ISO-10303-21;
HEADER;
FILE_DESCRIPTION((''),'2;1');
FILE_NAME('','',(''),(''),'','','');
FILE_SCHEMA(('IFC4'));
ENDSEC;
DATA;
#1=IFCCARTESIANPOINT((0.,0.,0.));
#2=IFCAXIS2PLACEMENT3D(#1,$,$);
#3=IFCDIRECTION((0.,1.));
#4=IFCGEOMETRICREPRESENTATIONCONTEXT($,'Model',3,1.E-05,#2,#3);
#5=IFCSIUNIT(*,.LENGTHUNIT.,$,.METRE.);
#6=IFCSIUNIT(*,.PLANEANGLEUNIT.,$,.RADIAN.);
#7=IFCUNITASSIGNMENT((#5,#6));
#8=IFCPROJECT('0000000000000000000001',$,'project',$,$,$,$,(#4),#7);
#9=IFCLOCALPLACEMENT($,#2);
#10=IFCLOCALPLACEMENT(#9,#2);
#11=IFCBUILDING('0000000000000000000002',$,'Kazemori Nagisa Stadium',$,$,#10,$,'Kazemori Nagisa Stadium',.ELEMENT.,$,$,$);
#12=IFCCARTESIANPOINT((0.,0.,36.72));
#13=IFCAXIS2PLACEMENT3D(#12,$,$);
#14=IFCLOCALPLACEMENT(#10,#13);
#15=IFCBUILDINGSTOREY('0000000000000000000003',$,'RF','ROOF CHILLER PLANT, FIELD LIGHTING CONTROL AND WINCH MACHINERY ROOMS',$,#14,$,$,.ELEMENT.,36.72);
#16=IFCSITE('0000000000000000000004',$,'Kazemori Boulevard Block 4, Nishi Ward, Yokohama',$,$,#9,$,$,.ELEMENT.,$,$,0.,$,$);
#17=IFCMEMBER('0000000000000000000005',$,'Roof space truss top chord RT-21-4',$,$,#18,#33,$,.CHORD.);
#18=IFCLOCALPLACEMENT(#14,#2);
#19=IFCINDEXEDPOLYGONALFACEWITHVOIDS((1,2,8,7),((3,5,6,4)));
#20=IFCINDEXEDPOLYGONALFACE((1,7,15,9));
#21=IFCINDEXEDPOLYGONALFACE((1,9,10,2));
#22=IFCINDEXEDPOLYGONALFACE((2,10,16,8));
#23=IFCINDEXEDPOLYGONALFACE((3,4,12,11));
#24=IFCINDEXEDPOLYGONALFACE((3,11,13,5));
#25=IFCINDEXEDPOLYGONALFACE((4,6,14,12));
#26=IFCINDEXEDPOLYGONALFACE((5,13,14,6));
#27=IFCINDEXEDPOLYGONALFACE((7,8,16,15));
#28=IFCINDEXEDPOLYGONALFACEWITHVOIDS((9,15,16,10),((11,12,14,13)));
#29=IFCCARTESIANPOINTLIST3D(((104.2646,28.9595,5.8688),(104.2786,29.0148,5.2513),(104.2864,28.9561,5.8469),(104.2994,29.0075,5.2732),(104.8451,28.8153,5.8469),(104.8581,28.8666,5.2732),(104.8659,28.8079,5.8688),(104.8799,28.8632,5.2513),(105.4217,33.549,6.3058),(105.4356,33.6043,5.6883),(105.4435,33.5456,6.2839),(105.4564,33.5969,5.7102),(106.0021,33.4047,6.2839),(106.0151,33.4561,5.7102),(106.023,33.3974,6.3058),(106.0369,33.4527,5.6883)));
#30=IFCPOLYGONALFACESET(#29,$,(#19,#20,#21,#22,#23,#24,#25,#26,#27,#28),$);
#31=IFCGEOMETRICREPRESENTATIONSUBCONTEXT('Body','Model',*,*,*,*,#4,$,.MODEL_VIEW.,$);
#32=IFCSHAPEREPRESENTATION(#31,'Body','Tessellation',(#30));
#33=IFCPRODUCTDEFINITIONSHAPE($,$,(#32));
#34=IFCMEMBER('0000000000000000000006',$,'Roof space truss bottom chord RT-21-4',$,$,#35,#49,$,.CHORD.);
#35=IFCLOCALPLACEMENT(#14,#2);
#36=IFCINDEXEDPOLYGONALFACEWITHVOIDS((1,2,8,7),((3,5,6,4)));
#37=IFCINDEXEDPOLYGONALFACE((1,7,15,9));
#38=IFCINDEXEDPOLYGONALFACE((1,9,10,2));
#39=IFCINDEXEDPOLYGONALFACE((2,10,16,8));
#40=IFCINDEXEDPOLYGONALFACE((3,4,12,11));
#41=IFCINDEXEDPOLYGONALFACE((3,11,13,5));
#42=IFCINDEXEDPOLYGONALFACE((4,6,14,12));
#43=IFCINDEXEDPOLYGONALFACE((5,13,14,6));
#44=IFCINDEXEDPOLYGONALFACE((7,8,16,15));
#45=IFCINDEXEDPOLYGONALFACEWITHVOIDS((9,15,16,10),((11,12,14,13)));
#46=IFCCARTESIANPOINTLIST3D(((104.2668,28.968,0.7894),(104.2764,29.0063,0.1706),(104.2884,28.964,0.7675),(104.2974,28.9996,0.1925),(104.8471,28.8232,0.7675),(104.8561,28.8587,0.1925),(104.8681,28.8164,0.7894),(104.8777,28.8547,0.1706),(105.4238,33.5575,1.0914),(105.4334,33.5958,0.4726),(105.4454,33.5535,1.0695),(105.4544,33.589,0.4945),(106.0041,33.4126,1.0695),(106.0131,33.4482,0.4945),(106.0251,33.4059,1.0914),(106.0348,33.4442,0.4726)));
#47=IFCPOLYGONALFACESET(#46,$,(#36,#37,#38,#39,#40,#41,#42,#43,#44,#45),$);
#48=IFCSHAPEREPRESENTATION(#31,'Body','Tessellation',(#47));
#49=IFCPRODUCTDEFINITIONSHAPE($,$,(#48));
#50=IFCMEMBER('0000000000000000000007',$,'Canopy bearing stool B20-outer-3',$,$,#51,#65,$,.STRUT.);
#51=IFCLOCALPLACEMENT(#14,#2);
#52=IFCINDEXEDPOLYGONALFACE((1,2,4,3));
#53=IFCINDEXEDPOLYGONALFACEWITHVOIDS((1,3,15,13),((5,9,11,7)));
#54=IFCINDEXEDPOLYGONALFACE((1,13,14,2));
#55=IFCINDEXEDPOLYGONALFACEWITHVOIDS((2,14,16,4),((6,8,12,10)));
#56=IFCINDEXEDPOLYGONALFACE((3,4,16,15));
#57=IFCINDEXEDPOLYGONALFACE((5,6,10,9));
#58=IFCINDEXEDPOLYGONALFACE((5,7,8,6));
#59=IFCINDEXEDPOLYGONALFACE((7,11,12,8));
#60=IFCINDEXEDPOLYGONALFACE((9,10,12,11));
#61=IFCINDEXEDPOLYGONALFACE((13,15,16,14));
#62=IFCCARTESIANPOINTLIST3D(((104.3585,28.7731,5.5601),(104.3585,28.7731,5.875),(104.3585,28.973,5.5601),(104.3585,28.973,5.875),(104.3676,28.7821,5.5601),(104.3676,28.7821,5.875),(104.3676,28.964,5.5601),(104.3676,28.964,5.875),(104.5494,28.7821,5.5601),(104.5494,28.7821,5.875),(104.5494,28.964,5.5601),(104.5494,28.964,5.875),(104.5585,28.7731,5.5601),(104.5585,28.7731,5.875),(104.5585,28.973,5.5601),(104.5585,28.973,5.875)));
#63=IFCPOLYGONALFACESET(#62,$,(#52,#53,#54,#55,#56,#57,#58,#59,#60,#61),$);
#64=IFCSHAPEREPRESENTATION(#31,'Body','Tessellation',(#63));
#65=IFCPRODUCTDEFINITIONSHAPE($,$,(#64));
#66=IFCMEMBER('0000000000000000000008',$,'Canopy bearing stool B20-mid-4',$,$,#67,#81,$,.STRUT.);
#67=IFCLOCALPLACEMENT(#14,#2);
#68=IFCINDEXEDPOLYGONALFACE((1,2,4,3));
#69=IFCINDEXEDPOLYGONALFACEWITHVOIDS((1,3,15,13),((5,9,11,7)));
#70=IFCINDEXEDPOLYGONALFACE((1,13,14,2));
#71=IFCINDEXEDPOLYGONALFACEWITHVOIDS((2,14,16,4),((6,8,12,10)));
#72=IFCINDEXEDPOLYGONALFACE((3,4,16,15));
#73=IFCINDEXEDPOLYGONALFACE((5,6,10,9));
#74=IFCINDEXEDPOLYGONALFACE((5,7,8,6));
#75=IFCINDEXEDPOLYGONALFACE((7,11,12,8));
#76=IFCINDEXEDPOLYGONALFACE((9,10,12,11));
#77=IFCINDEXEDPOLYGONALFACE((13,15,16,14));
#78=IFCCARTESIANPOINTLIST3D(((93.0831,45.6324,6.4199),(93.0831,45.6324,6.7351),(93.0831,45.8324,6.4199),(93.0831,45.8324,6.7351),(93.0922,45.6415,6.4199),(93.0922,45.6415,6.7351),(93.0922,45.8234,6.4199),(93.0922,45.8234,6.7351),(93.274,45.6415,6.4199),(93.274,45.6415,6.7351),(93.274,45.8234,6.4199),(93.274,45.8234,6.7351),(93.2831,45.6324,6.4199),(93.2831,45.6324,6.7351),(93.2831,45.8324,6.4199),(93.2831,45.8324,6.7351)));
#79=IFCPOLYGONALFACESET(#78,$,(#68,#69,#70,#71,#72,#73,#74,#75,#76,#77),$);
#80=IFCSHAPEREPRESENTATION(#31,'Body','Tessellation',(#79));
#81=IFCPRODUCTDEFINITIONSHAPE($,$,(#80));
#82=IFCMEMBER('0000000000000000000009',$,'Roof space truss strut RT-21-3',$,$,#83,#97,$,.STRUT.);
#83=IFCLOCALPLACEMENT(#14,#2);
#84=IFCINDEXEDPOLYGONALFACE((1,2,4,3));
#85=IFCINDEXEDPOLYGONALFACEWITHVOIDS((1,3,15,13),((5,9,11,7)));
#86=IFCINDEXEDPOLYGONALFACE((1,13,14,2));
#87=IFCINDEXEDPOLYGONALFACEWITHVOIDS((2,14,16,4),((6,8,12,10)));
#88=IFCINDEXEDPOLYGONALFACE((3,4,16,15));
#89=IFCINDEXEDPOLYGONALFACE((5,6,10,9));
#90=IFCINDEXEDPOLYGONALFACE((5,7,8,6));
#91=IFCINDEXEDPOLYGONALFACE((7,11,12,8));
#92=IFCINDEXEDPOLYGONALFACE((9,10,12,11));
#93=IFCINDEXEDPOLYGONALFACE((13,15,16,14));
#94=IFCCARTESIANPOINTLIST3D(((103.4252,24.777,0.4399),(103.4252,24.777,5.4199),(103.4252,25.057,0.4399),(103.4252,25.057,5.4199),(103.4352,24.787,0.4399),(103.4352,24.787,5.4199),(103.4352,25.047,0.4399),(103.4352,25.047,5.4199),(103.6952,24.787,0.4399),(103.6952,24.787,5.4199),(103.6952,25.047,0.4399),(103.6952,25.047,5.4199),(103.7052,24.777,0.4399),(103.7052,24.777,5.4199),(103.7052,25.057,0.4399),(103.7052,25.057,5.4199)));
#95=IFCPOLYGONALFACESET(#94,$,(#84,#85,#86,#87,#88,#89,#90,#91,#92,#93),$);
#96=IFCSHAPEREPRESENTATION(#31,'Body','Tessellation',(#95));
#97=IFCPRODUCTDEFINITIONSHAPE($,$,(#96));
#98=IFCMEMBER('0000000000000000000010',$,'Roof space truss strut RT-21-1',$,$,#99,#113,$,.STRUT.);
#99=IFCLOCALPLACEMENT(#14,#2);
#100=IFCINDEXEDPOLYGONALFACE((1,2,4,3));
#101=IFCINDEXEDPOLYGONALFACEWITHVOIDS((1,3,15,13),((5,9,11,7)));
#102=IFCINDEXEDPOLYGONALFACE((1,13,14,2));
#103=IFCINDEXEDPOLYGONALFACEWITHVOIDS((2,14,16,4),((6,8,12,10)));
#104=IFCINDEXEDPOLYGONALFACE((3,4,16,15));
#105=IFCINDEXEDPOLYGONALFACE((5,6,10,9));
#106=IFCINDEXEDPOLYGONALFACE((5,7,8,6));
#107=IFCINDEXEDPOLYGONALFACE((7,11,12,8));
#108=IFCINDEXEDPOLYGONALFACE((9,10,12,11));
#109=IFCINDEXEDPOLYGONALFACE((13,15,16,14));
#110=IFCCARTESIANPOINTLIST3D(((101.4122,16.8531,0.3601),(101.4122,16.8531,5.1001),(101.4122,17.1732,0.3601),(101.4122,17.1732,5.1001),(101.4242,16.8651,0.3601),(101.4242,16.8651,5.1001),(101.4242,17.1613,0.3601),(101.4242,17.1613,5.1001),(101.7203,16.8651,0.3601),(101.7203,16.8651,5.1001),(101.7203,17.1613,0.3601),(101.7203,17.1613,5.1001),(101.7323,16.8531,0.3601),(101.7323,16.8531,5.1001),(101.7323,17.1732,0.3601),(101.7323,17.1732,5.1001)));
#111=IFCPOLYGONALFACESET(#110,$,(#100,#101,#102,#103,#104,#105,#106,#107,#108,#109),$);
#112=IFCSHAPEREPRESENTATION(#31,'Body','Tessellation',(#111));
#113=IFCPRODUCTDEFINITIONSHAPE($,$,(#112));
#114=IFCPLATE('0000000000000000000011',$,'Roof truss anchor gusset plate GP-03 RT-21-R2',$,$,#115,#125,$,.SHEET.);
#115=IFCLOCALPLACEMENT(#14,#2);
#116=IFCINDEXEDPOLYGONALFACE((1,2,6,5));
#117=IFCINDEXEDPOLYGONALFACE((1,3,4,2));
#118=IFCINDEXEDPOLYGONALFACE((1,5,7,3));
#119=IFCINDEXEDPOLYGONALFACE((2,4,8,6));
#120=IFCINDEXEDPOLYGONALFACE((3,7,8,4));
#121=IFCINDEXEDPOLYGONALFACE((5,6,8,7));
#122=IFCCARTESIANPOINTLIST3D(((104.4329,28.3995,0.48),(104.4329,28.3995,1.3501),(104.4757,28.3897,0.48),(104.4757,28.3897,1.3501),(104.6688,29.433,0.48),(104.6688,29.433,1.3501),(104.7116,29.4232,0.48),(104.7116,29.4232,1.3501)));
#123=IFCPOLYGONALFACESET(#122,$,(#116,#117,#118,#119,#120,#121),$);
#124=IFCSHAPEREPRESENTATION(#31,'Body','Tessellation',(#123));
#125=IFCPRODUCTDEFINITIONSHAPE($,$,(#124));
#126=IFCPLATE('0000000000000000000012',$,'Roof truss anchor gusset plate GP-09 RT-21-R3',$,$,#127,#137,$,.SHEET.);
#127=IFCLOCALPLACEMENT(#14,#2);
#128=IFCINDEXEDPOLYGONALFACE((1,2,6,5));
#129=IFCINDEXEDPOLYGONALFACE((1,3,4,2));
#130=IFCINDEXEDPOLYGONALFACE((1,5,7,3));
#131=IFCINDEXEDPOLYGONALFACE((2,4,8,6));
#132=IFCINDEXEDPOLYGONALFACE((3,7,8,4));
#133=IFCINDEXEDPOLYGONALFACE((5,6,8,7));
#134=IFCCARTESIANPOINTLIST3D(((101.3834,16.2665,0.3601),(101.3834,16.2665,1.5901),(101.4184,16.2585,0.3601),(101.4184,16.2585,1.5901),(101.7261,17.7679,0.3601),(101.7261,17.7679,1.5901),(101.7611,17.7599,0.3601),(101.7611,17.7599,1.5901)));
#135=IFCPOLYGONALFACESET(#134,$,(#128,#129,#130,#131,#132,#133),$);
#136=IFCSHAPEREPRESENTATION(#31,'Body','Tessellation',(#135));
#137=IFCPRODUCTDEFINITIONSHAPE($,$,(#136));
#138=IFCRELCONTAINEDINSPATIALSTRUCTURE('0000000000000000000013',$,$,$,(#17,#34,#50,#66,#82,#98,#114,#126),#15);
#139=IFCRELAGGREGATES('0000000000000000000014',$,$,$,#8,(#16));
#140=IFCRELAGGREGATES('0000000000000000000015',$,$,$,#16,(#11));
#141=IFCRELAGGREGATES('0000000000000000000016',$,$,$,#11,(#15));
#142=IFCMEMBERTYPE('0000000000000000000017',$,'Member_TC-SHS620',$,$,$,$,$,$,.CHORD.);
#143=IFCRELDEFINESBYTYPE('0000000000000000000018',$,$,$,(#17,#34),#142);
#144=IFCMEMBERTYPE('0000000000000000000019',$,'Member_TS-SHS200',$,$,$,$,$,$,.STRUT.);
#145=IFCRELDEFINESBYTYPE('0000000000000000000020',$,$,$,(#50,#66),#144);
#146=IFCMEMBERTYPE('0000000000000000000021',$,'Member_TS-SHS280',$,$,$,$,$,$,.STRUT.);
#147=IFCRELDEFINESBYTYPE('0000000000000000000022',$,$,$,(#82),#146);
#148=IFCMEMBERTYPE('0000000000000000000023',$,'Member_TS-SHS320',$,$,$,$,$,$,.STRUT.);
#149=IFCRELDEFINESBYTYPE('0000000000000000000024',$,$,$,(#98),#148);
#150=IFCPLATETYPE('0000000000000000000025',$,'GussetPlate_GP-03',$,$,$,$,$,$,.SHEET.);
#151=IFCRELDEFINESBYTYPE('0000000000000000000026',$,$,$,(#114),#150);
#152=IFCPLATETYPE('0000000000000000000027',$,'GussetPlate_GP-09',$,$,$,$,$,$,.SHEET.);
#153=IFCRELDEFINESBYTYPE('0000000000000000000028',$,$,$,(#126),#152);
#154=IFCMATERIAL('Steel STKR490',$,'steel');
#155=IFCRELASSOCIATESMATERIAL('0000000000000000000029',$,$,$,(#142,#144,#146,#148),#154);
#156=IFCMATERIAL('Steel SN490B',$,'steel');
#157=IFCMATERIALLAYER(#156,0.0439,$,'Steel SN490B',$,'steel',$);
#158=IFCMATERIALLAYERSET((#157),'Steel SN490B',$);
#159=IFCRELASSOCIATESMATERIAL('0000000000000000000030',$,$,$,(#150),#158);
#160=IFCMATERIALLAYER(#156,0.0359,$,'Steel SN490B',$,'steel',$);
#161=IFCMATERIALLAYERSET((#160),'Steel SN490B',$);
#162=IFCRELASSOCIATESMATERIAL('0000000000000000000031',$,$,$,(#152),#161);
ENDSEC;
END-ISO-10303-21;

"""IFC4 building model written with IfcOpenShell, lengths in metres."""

from ifc_helpers import new_model, si_unit, direction, frame, origin, origin_2d, place, context, subcontext, project, spatial, rectangle, hollow_rectangle, extrude, material, layer, layer_set, material_profile, profile_set, type_object, element, save


model = new_model("IFC4")

# Units and contexts
model_context = context("Model", 3, precision=1e-05, world=origin(), true_north=direction((0.0, 1.0)))
body_context = subcontext(model_context, "Body", "Model", "MODEL_VIEW")
ifc_project = project(units=[si_unit("LENGTHUNIT", "METRE"), si_unit("PLANEANGLEUNIT", "RADIAN")], contexts=[model_context])

# Site, building, storey
site_placement = place(None, origin())
site = spatial("IfcSite", under=ifc_project, at=site_placement, Name="Kazemori Boulevard Block 4, Nishi Ward, Yokohama", CompositionType="ELEMENT", RefElevation=0.0)
building_placement = place(site_placement, origin())
building = spatial("IfcBuilding", under=site, at=building_placement, Name="Kazemori Nagisa Stadium", LongName="Kazemori Nagisa Stadium", CompositionType="ELEMENT")
storey_placement = place(building_placement, frame((0.0, 0.0, 36.72)))
storey = spatial("IfcBuildingStorey", under=building, at=storey_placement, Name="RF", Description="ROOF CHILLER PLANT, FIELD LIGHTING CONTROL AND WINCH MACHINERY ROOMS", CompositionType="ELEMENT", Elevation=36.72)

# Shared definitions
ifc_material_1 = material(Name="Steel SN490B", Category="steel")

# Members
ifc_material_2 = material(Name="Steel STKR490", Category="steel")
ifc_material_profile_1 = material_profile(ifc_material_2, hollow_rectangle(XDim=0.6201, YDim=0.6201, WallThickness=0.022, at=origin_2d()), Name="SHS-620x620x22")
ifc_profile_set_1 = profile_set([ifc_material_profile_1], Name="Steel STKR490")
member_type_1 = type_object("IfcMemberType", Name="Member_TC-SHS620", PredefinedType="CHORD", material=ifc_profile_set_1)
member_1_placement = place(storey_placement, frame((104.5723, 28.9114, 5.5601), z_axis=(0.243417, 0.965554, 0.091943), x_axis=(-0.969661, 0.244453, 0.0)))
element("IfcMember", 1, at=member_1_placement, inside=storey, type_object=member_type_1, Name="Roof space truss top chord RT-21-4", PredefinedType="CHORD", context=body_context, shape_type="SweptSolid", body=[
    extrude(hollow_rectangle(XDim=0.6201, YDim=0.6201, WallThickness=0.022, at=origin_2d()), origin(), (0.0, 0.0, 1.0), 4.7532),
])
member_2_placement = place(storey_placement, frame((104.5723, 28.9114, 0.48), z_axis=(0.243957, 0.967693, 0.063679), x_axis=(-0.969661, 0.244453, 0.0)))
element("IfcMember", 2, at=member_2_placement, inside=storey, type_object=member_type_1, Name="Roof space truss bottom chord RT-21-4", PredefinedType="CHORD", context=body_context, shape_type="SweptSolid", body=[
    extrude(hollow_rectangle(XDim=0.6201, YDim=0.6201, WallThickness=0.022, at=origin_2d()), origin(), (0.0, 0.0, 1.0), 4.7427),
])
ifc_material_profile_2 = material_profile(ifc_material_2, hollow_rectangle(XDim=0.2, YDim=0.2, WallThickness=0.009, at=origin_2d()), Name="SHS-200x200x9")
ifc_profile_set_2 = profile_set([ifc_material_profile_2], Name="Steel STKR490")
member_type_2 = type_object("IfcMemberType", Name="Member_TS-SHS200", PredefinedType="STRUT", material=ifc_profile_set_2)
member_3_placement = place(storey_placement, frame((104.4585, 28.873, 5.5601), z_axis=(0.0, 0.0, 1.0), x_axis=(1.0, 0.0, 0.0)))
element("IfcMember", 3, at=member_3_placement, inside=storey, type_object=member_type_2, Name="Canopy bearing stool B20-outer-3", PredefinedType="STRUT", context=body_context, shape_type="SweptSolid", body=[
    extrude(hollow_rectangle(XDim=0.2, YDim=0.2, WallThickness=0.009, at=origin_2d()), origin(), (0.0, 0.0, 1.0), 0.3149),
])
member_4_placement = place(storey_placement, frame((93.1831, 45.7324, 6.4199), z_axis=(0.0, 0.0, 1.0), x_axis=(1.0, 0.0, 0.0)))
element("IfcMember", 4, at=member_4_placement, inside=storey, type_object=member_type_2, Name="Canopy bearing stool B20-mid-4", PredefinedType="STRUT", context=body_context, shape_type="SweptSolid", body=[
    extrude(hollow_rectangle(XDim=0.2, YDim=0.2, WallThickness=0.009, at=origin_2d()), origin(), (0.0, 0.0, 1.0), 0.3152),
])
ifc_material_profile_3 = material_profile(ifc_material_2, hollow_rectangle(XDim=0.28, YDim=0.28, WallThickness=0.01, at=origin_2d()), Name="SHS-280x280x10")
ifc_profile_set_3 = profile_set([ifc_material_profile_3], Name="Steel STKR490")
member_type_3 = type_object("IfcMemberType", Name="Member_TS-SHS280", PredefinedType="STRUT", material=ifc_profile_set_3)
member_5_placement = place(storey_placement, frame((103.5652, 24.917, 0.4399), z_axis=(0.0, 0.0, 1.0), x_axis=(1.0, 0.0, 0.0)))
element("IfcMember", 5, at=member_5_placement, inside=storey, type_object=member_type_3, Name="Roof space truss strut RT-21-3", PredefinedType="STRUT", context=body_context, shape_type="SweptSolid", body=[
    extrude(hollow_rectangle(XDim=0.28, YDim=0.28, WallThickness=0.01, at=origin_2d()), origin(), (0.0, 0.0, 1.0), 4.98),
])
ifc_material_profile_4 = material_profile(ifc_material_2, hollow_rectangle(XDim=0.3201, YDim=0.3201, WallThickness=0.012, at=origin_2d()), Name="SHS-320x320x12")
ifc_profile_set_4 = profile_set([ifc_material_profile_4], Name="Steel STKR490")
member_type_4 = type_object("IfcMemberType", Name="Member_TS-SHS320", PredefinedType="STRUT", material=ifc_profile_set_4)
member_6_placement = place(storey_placement, frame((101.5723, 17.0132, 0.3601), z_axis=(0.0, 0.0, 1.0), x_axis=(1.0, 0.0, 0.0)))
element("IfcMember", 6, at=member_6_placement, inside=storey, type_object=member_type_4, Name="Roof space truss strut RT-21-1", PredefinedType="STRUT", context=body_context, shape_type="SweptSolid", body=[
    extrude(hollow_rectangle(XDim=0.3201, YDim=0.3201, WallThickness=0.012, at=origin_2d()), origin(), (0.0, 0.0, 1.0), 4.74),
])

# Plates
ifc_layer_1 = layer(ifc_material_1, 0.0439, Name="Steel SN490B", Category="steel")
ifc_layer_set_1 = layer_set([ifc_layer_1], Name="Steel SN490B")
plate_type_1 = type_object("IfcPlateType", Name="GussetPlate_GP-03", PredefinedType="SHEET", material=ifc_layer_set_1)
plate_1_placement = place(storey_placement, frame((104.5723, 28.9114, 0.48), z_axis=(0.0, 0.0, 1.0), x_axis=(-0.222521, -0.974928, 0.0)))
element("IfcPlate", 7, at=plate_1_placement, inside=storey, type_object=plate_type_1, Name="Roof truss anchor gusset plate GP-03 RT-21-R2", PredefinedType="SHEET", context=body_context, shape_type="SweptSolid", body=[
    extrude(rectangle(XDim=1.0601, YDim=0.0439, at=origin_2d()), origin(), (0.0, 0.0, 1.0), 0.8701),
])
ifc_layer_2 = layer(ifc_material_1, 0.0359, Name="Steel SN490B", Category="steel")
ifc_layer_set_2 = layer_set([ifc_layer_2], Name="Steel SN490B")
plate_type_2 = type_object("IfcPlateType", Name="GussetPlate_GP-09", PredefinedType="SHEET", material=ifc_layer_set_2)
plate_2_placement = place(storey_placement, frame((101.5723, 17.0132, 0.3601), z_axis=(0.0, 0.0, 1.0), x_axis=(-0.222521, -0.974928, 0.0)))
element("IfcPlate", 8, at=plate_2_placement, inside=storey, type_object=plate_type_2, Name="Roof truss anchor gusset plate GP-09 RT-21-R3", PredefinedType="SHEET", context=body_context, shape_type="SweptSolid", body=[
    extrude(rectangle(XDim=1.54, YDim=0.0359, at=origin_2d()), origin(), (0.0, 0.0, 1.0), 1.23),
])

save(model, "model.ifc")
